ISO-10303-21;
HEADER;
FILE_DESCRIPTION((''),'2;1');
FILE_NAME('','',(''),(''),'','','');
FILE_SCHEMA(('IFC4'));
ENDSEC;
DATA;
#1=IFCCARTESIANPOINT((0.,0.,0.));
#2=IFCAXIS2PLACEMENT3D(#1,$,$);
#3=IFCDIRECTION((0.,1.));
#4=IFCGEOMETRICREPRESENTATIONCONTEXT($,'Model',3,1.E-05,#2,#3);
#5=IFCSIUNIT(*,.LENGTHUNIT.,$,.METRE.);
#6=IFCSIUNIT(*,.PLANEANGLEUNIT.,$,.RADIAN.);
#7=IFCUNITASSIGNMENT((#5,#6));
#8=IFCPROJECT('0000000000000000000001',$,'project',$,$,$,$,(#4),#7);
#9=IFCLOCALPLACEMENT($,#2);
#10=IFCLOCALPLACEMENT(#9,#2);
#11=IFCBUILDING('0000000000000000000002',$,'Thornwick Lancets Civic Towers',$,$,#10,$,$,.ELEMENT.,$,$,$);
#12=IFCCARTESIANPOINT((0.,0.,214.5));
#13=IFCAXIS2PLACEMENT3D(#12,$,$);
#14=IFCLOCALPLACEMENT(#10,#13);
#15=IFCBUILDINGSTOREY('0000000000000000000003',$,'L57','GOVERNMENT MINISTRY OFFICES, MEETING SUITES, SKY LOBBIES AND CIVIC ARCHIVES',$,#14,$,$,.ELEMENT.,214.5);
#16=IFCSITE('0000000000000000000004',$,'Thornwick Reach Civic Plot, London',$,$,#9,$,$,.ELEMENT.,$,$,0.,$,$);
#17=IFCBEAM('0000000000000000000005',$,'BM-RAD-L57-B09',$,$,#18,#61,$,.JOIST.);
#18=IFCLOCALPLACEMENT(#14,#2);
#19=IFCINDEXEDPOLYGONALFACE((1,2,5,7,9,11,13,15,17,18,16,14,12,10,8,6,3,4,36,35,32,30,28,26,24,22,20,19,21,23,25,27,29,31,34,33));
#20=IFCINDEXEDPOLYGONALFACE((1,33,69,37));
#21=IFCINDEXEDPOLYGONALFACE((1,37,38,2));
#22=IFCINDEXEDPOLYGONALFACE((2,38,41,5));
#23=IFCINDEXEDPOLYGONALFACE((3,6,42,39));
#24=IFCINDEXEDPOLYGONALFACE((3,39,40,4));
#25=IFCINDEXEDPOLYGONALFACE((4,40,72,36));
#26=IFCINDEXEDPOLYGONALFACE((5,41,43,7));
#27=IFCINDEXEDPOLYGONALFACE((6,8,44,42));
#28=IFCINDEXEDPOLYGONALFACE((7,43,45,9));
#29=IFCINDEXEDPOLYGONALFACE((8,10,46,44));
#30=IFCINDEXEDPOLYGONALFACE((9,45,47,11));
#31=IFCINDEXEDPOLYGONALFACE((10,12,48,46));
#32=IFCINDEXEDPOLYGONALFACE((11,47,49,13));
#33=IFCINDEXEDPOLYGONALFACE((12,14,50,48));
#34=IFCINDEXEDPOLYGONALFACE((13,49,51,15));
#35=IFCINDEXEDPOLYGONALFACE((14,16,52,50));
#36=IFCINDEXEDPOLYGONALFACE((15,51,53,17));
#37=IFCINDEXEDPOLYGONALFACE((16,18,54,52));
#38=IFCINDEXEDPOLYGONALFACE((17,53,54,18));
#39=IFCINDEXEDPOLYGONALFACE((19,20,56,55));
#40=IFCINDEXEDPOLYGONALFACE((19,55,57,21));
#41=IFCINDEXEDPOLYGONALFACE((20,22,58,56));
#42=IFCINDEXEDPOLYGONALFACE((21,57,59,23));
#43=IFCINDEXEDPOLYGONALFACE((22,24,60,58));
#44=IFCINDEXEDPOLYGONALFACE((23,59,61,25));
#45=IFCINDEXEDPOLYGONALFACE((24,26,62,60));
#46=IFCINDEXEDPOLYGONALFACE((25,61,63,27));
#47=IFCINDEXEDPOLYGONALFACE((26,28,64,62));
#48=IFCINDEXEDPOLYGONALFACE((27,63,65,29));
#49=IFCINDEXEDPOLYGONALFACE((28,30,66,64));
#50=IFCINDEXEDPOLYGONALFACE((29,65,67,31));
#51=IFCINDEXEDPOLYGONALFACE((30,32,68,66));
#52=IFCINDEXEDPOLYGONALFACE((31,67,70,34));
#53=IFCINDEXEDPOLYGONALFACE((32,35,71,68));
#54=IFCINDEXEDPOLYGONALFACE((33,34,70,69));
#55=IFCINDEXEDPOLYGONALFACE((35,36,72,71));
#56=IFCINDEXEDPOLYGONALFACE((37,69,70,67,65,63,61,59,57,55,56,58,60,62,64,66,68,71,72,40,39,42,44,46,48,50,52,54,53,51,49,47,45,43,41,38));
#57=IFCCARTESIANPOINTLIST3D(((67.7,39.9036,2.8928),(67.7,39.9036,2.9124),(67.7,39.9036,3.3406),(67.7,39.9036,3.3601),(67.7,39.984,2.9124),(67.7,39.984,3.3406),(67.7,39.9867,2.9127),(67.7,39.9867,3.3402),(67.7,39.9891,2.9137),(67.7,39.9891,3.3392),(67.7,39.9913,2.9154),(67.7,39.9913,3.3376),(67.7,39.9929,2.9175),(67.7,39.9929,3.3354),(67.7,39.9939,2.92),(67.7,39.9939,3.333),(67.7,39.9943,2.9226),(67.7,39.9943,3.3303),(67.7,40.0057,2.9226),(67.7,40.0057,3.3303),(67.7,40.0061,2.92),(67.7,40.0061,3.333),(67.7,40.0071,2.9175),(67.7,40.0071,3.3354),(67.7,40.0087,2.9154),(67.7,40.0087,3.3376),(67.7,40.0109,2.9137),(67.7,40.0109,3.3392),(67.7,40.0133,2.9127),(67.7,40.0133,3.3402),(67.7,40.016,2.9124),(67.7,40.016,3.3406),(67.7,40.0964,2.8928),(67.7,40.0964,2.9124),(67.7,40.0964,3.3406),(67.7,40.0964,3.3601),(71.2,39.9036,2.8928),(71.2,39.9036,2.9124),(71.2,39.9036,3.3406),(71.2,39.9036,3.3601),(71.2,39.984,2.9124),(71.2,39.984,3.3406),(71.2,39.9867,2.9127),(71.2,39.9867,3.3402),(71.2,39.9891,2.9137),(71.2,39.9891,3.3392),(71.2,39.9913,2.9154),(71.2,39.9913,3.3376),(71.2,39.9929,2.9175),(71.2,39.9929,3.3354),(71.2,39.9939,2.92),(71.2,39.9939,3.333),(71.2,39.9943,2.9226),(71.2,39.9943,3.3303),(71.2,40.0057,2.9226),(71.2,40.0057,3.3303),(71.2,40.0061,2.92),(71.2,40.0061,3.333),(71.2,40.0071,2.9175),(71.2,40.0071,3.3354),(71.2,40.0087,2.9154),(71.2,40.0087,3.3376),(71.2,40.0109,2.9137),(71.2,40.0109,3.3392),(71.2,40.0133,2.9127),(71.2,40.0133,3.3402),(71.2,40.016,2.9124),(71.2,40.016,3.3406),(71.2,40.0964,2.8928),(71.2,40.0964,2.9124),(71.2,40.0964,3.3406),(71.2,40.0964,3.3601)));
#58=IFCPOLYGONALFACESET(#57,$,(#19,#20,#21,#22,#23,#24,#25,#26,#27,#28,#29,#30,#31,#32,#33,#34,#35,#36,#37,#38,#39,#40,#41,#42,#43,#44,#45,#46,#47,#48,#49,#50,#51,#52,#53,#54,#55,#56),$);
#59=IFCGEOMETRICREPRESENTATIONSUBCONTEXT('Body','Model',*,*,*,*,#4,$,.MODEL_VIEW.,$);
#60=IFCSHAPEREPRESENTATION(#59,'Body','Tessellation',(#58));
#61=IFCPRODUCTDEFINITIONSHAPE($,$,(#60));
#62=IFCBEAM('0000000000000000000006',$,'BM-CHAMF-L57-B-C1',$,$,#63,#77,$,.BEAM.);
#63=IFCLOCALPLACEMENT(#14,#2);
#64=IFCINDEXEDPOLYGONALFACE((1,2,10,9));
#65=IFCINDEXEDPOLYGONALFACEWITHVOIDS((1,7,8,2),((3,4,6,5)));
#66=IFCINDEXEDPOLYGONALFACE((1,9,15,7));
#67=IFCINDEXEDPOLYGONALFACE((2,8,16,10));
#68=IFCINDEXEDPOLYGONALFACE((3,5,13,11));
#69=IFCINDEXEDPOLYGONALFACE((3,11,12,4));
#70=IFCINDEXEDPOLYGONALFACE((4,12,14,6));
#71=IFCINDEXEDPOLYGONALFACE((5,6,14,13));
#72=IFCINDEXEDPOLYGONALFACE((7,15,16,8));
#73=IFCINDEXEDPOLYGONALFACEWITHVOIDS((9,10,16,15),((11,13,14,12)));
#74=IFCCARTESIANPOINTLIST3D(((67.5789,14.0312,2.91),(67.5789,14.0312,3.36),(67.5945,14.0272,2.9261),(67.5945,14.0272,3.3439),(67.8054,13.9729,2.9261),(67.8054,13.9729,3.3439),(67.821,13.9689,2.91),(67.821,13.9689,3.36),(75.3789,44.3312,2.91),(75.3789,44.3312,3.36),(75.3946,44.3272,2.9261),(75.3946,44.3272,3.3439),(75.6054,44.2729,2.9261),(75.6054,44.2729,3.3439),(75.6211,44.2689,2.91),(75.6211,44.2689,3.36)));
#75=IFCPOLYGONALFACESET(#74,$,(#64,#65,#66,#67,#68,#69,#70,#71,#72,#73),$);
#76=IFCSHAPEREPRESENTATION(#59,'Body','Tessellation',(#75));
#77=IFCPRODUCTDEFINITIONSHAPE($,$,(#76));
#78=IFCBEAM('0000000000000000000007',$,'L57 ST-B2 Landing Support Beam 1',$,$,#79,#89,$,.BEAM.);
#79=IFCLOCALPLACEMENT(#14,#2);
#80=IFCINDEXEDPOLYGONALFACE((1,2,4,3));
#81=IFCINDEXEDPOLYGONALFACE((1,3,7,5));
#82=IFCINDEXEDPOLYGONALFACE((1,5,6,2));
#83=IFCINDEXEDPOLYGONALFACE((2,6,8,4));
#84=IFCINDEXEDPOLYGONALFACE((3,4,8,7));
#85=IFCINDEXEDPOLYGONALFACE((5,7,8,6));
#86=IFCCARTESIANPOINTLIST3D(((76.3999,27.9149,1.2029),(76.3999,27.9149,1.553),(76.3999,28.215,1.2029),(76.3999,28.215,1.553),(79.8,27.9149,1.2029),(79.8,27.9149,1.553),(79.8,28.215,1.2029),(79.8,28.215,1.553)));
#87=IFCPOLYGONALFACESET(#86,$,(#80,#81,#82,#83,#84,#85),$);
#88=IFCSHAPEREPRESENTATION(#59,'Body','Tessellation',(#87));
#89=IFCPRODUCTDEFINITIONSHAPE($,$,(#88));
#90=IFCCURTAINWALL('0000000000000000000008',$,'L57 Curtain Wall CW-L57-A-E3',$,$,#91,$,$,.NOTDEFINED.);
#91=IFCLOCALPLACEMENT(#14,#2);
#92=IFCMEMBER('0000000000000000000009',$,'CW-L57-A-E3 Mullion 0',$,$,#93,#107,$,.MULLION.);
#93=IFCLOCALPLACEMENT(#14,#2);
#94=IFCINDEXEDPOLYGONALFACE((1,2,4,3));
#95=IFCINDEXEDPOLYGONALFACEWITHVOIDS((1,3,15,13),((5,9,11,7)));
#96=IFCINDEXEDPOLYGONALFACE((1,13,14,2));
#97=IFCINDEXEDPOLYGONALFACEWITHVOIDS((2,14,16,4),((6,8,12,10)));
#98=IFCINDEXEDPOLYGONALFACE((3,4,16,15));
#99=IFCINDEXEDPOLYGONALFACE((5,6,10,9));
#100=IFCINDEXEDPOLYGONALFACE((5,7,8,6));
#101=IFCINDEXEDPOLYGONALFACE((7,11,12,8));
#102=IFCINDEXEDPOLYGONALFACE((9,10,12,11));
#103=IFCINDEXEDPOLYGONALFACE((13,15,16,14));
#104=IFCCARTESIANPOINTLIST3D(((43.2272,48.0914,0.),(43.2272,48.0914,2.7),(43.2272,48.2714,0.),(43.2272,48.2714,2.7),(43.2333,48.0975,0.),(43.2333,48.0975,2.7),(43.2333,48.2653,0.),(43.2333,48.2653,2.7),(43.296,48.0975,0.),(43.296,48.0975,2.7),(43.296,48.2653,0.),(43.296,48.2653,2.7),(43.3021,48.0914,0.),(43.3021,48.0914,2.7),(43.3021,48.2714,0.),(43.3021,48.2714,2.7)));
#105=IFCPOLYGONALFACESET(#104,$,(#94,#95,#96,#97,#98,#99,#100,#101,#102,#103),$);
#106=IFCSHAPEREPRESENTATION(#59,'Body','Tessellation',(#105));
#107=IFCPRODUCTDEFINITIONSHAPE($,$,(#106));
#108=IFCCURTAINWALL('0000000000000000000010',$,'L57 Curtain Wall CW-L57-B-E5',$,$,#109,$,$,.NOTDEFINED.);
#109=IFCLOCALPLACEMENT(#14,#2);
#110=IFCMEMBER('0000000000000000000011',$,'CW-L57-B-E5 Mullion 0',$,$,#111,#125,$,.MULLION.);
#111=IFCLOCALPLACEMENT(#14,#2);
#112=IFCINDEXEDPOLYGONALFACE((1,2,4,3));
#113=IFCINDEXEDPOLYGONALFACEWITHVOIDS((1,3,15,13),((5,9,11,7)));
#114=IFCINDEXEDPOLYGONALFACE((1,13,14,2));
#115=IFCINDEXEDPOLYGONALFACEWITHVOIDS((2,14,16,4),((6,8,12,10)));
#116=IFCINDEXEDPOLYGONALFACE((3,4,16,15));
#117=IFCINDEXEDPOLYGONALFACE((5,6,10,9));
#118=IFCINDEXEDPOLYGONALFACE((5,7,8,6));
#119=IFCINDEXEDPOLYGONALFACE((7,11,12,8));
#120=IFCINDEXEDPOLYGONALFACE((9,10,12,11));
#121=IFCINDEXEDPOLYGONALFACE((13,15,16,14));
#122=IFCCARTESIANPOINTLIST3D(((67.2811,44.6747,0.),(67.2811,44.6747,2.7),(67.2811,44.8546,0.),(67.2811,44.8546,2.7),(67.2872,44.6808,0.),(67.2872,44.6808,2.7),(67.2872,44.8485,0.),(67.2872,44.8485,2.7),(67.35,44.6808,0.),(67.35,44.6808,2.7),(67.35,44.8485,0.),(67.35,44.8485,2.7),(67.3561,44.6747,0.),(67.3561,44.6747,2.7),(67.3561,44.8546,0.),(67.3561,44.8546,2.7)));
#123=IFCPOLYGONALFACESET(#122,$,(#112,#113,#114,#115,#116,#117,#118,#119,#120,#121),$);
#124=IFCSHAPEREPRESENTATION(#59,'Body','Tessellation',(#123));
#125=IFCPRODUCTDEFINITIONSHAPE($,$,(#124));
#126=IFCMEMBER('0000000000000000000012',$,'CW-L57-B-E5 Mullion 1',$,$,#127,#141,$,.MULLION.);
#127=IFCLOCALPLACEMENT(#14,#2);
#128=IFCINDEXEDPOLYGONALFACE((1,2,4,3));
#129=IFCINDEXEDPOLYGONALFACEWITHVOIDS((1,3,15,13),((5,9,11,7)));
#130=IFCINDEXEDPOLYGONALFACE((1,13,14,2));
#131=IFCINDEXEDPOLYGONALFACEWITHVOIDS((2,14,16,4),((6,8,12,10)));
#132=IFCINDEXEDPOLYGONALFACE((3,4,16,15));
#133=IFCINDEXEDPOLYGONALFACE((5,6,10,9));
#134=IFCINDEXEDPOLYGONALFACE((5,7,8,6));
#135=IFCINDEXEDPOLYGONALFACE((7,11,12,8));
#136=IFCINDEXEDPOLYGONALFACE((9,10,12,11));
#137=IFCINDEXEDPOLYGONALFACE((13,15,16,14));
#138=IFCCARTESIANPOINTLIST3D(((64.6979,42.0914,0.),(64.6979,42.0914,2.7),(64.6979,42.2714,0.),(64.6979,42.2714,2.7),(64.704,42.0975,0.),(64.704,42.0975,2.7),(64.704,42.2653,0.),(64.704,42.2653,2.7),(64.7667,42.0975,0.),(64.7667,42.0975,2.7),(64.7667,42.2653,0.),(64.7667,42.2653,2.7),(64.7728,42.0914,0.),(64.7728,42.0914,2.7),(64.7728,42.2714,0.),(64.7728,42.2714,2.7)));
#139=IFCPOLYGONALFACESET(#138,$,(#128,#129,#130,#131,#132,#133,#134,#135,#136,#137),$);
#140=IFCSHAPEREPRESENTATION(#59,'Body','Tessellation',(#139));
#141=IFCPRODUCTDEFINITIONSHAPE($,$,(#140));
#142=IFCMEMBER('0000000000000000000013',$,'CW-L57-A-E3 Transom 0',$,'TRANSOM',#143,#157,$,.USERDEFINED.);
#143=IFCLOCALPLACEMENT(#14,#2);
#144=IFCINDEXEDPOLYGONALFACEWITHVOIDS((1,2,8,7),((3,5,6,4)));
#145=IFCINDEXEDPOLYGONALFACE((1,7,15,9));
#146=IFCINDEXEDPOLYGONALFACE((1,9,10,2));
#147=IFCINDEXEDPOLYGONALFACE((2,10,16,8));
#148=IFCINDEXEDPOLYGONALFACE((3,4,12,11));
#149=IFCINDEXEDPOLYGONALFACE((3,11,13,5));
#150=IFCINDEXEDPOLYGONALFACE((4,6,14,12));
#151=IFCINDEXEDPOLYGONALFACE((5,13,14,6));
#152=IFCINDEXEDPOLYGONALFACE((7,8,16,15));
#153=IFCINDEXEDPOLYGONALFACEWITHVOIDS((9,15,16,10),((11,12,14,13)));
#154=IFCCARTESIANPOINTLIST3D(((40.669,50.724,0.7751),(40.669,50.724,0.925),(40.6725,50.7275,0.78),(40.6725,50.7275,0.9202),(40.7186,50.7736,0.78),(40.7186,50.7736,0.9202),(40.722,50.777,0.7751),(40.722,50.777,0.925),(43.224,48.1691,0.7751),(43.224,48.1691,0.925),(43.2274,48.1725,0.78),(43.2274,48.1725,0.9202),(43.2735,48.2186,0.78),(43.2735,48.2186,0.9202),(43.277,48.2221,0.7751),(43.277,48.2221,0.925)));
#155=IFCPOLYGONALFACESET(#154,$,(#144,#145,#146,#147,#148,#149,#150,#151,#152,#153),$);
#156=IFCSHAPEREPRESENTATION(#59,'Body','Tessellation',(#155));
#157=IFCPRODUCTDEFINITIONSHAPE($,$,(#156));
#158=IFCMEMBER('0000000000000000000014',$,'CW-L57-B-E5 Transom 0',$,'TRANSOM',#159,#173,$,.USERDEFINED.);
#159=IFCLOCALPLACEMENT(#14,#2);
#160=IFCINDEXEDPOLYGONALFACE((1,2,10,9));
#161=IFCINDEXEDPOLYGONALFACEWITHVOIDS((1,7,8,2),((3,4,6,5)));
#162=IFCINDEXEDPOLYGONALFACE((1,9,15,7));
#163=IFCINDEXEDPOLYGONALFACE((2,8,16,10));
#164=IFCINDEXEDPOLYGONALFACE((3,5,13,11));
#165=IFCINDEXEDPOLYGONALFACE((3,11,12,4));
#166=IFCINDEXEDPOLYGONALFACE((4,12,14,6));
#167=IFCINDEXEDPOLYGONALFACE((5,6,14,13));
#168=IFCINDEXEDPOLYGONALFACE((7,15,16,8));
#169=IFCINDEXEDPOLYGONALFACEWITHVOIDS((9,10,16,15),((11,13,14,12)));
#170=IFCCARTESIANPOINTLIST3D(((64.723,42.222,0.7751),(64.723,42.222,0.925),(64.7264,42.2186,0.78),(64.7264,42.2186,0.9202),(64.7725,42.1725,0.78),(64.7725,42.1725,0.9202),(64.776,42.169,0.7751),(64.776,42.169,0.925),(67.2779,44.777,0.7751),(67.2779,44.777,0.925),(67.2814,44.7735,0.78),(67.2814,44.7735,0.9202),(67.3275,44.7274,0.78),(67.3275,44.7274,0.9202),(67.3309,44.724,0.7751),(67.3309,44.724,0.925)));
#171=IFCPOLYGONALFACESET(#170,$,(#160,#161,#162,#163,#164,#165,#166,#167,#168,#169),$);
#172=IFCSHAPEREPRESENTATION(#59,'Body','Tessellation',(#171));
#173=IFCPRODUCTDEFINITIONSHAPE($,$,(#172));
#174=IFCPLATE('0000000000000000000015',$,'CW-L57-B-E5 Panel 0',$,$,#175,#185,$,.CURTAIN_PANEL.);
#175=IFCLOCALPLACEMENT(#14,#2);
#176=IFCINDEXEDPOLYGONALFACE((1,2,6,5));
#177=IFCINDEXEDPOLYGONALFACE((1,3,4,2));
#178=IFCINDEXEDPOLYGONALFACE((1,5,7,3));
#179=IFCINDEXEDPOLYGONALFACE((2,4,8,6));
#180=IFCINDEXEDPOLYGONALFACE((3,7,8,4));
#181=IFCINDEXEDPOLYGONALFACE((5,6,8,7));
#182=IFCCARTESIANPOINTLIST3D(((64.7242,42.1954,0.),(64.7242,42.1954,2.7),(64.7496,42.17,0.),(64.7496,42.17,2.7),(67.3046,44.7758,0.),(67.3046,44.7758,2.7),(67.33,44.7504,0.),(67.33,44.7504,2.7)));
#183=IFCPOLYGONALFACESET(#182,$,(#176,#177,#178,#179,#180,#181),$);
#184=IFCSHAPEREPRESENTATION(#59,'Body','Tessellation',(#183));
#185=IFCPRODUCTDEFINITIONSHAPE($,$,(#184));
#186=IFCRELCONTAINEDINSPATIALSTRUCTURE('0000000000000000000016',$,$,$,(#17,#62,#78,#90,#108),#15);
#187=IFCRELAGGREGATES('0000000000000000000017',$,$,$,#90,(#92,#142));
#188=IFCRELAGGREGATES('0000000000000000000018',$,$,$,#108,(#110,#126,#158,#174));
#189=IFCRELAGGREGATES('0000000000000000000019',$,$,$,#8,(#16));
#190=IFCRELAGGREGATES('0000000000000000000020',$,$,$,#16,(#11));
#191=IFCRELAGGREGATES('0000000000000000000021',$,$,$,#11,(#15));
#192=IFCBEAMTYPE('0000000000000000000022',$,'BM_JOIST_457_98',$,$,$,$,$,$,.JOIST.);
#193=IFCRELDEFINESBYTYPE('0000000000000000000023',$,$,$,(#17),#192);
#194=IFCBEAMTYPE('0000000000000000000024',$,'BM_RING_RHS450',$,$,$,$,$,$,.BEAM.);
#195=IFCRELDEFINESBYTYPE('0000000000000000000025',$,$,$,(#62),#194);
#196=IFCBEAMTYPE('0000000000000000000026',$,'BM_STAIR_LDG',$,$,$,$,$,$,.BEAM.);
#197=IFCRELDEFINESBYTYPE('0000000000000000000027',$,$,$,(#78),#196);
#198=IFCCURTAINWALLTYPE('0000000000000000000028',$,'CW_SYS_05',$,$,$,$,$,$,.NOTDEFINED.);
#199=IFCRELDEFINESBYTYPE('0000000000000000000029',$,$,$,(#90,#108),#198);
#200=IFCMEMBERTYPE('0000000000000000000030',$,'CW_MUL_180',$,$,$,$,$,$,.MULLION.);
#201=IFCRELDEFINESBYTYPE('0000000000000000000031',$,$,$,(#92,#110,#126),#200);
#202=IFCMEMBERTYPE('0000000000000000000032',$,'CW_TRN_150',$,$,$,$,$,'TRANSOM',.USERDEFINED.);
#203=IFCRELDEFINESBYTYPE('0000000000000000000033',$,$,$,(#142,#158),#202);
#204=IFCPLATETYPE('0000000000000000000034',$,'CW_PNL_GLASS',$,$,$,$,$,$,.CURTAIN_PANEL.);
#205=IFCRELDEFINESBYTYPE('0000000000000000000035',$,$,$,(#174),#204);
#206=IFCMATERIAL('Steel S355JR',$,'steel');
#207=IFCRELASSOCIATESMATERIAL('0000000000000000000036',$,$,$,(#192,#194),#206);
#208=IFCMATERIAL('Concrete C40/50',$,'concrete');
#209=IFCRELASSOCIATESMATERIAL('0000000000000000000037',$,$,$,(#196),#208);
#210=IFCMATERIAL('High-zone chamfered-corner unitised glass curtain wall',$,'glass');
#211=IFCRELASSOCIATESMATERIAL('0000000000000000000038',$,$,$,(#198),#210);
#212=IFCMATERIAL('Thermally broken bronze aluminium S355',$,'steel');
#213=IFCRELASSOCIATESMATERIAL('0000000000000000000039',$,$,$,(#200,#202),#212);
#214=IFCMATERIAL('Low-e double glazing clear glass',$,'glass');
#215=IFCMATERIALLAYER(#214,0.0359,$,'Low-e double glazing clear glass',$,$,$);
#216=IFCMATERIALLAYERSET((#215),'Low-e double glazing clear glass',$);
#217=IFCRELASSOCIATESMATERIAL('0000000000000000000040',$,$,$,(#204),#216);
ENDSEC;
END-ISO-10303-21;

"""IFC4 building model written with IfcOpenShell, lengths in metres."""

from ifc_helpers import new_model, si_unit, direction, frame, origin, origin_2d, place, context, subcontext, project, spatial, rectangle, hollow_rectangle, i_section, extrude, material, layer, layer_set, material_profile, profile_set, type_object, element, aggregate, save


model = new_model("IFC4")

# Units and contexts
model_context = context("Model", 3, precision=1e-05, world=origin(), true_north=direction((0.0, 1.0)))
body_context = subcontext(model_context, "Body", "Model", "MODEL_VIEW")
ifc_project = project(units=[si_unit("LENGTHUNIT", "METRE"), si_unit("PLANEANGLEUNIT", "RADIAN")], contexts=[model_context])

# Site, building, storey
site_placement = place(None, origin())
site = spatial("IfcSite", under=ifc_project, at=site_placement, Name="Thornwick Reach Civic Plot, London", CompositionType="ELEMENT", RefElevation=0.0)
building_placement = place(site_placement, origin())
building = spatial("IfcBuilding", under=site, at=building_placement, Name="Thornwick Lancets Civic Towers", CompositionType="ELEMENT")
storey_placement = place(building_placement, frame((0.0, 0.0, 214.5)))
storey = spatial("IfcBuildingStorey", under=building, at=storey_placement, Name="L57", Description="GOVERNMENT MINISTRY OFFICES, MEETING SUITES, SKY LOBBIES AND CIVIC ARCHIVES", CompositionType="ELEMENT", Elevation=214.5)

# Shared definitions
ifc_material_1 = material(Name="Steel S355JR", Category="steel")

# Beams
ifc_material_profile_1 = material_profile(ifc_material_1, i_section(OverallWidth=0.1929, OverallDepth=0.4673, WebThickness=0.0115, FlangeThickness=0.0195, FilletRadius=0.0103, at=origin_2d()), Name="UKB 457x191x98")
ifc_profile_set_1 = profile_set([ifc_material_profile_1], Name="Steel S355JR")
beam_type_1 = type_object("IfcBeamType", Name="BM_JOIST_457_98", PredefinedType="JOIST", material=ifc_profile_set_1)
for number, where, z_axis, x_axis, name in (
    (1, (71.2, 40.0, 3.1265), (-1.0, 0.0, 0.0), (0.0, -1.0, 0.0), "BM-RAD-L57-B09"),
):
    element("IfcBeam", number, at=place(storey_placement, frame(where, z_axis=z_axis, x_axis=x_axis)), inside=storey, type_object=beam_type_1, Name=name, PredefinedType="JOIST", context=body_context, shape_type="SweptSolid", body=[
        extrude(i_section(OverallWidth=0.1929, OverallDepth=0.4673, WebThickness=0.0115, FlangeThickness=0.0195, FilletRadius=0.0103, at=origin_2d()), origin(), (0.0, 0.0, 1.0), 3.5),
    ])
ifc_material_profile_2 = material_profile(ifc_material_1, hollow_rectangle(XDim=0.25, YDim=0.45, WallThickness=0.0161, at=origin_2d()), Name="RHS 450x250x16")
ifc_profile_set_2 = profile_set([ifc_material_profile_2], Name="Steel S355JR")
beam_type_2 = type_object("IfcBeamType", Name="BM_RING_RHS450", PredefinedType="BEAM", material=ifc_profile_set_2)
beam_1_placement = place(storey_placement, frame((75.5, 44.3, 3.135), z_axis=(-0.249299, -0.968427, 0.0), x_axis=(0.968427, -0.249299, 0.0)))
element("IfcBeam", 2, at=beam_1_placement, inside=storey, type_object=beam_type_2, Name="BM-CHAMF-L57-B-C1", PredefinedType="BEAM", context=body_context, shape_type="SweptSolid", body=[
    extrude(hollow_rectangle(XDim=0.25, YDim=0.45, WallThickness=0.0161, at=origin_2d()), origin(), (0.0, 0.0, 1.0), 31.2878),
])
ifc_material_2 = material(Name="Concrete C40/50", Category="concrete")
ifc_material_profile_3 = material_profile(ifc_material_2, rectangle(XDim=0.3, YDim=0.3501, at=origin_2d()), Name="RC 300x350")
ifc_profile_set_3 = profile_set([ifc_material_profile_3], Name="Concrete C40/50")
beam_type_3 = type_object("IfcBeamType", Name="BM_STAIR_LDG", PredefinedType="BEAM", material=ifc_profile_set_3)
beam_2_placement = place(storey_placement, frame((76.3999, 28.0649, 1.3779), z_axis=(1.0, 0.0, 0.0), x_axis=(0.0, 1.0, 0.0)))
element("IfcBeam", 3, at=beam_2_placement, inside=storey, type_object=beam_type_3, Name="L57 ST-B2 Landing Support Beam 1", PredefinedType="BEAM", context=body_context, shape_type="SweptSolid", body=[
    extrude(rectangle(XDim=0.3, YDim=0.3501, at=origin_2d()), origin(), (0.0, 0.0, 1.0), 3.4001),
])

# Curtain wall, member
ifc_material_3 = material(Name="High-zone chamfered-corner unitised glass curtain wall", Category="glass")
curtain_wall_type = type_object("IfcCurtainWallType", Name="CW_SYS_05", PredefinedType="NOTDEFINED", material=ifc_material_3)
curtain_wall_1_placement = place(storey_placement, origin())
curtain_wall_1 = element("IfcCurtainWall", 4, at=curtain_wall_1_placement, inside=storey, type_object=curtain_wall_type, Name="L57 Curtain Wall CW-L57-A-E3", PredefinedType="NOTDEFINED")
ifc_material_4 = material(Name="Thermally broken bronze aluminium S355", Category="steel")
ifc_material_profile_4 = material_profile(ifc_material_4, hollow_rectangle(XDim=0.075, YDim=0.1799, WallThickness=0.0061, at=origin_2d()), Name="RHS 180x75x6")
ifc_profile_set_4 = profile_set([ifc_material_profile_4], Name="Thermally broken bronze aluminium S355")
member_type_1 = type_object("IfcMemberType", Name="CW_MUL_180", PredefinedType="MULLION", material=ifc_profile_set_4)
member_1_placement = place(storey_placement, frame((43.2646, 48.1814, 0.0), z_axis=(0.0, 0.0, 1.0), x_axis=(1.0, 0.0, 0.0)))
member_1 = element("IfcMember", 5, at=member_1_placement, type_object=member_type_1, Name="CW-L57-A-E3 Mullion 0", PredefinedType="MULLION", context=body_context, shape_type="SweptSolid", body=[
    extrude(hollow_rectangle(XDim=0.075, YDim=0.1799, WallThickness=0.0061, at=origin_2d()), origin(), (0.0, 0.0, 1.0), 2.7),
])

# Curtain wall, members
curtain_wall_2_placement = place(storey_placement, origin())
curtain_wall_2 = element("IfcCurtainWall", 6, at=curtain_wall_2_placement, inside=storey, type_object=curtain_wall_type, Name="L57 Curtain Wall CW-L57-B-E5", PredefinedType="NOTDEFINED")
member_2_placement = place(storey_placement, frame((67.3186, 44.7646, 0.0), z_axis=(0.0, 0.0, 1.0), x_axis=(1.0, 0.0, 0.0)))
member_2 = element("IfcMember", 7, at=member_2_placement, type_object=member_type_1, Name="CW-L57-B-E5 Mullion 0", PredefinedType="MULLION", context=body_context, shape_type="SweptSolid", body=[
    extrude(hollow_rectangle(XDim=0.075, YDim=0.1799, WallThickness=0.0061, at=origin_2d()), origin(), (0.0, 0.0, 1.0), 2.7),
])
member_3_placement = place(storey_placement, frame((64.7354, 42.1814, 0.0), z_axis=(0.0, 0.0, 1.0), x_axis=(1.0, 0.0, 0.0)))
member_3 = element("IfcMember", 8, at=member_3_placement, type_object=member_type_1, Name="CW-L57-B-E5 Mullion 1", PredefinedType="MULLION", context=body_context, shape_type="SweptSolid", body=[
    extrude(hollow_rectangle(XDim=0.075, YDim=0.1799, WallThickness=0.0061, at=origin_2d()), origin(), (0.0, 0.0, 1.0), 2.7),
])

# Members
ifc_material_profile_5 = material_profile(ifc_material_4, hollow_rectangle(XDim=0.075, YDim=0.1499, WallThickness=0.0049, at=origin_2d()), Name="RHS 150x75x5")
ifc_profile_set_5 = profile_set([ifc_material_profile_5], Name="Thermally broken bronze aluminium S355")
member_type_2 = type_object("IfcMemberType", Name="CW_TRN_150", ElementType="TRANSOM", PredefinedType="USERDEFINED", material=ifc_profile_set_5)
member_4_placement = place(storey_placement, frame((43.2505, 48.1956, 0.8501), z_axis=(-0.707107, 0.707107, 0.0), x_axis=(-0.707107, -0.707107, 0.0)))
member_4 = element("IfcMember", 9, at=member_4_placement, type_object=member_type_2, Name="CW-L57-A-E3 Transom 0", ObjectType="TRANSOM", PredefinedType="USERDEFINED", context=body_context, shape_type="SweptSolid", body=[
    extrude(hollow_rectangle(XDim=0.075, YDim=0.1499, WallThickness=0.0049, at=origin_2d()), origin(), (0.0, 0.0, 1.0), 3.6133),
])
aggregate(curtain_wall_1, [member_1, member_4])
member_5_placement = place(storey_placement, frame((67.3044, 44.7505, 0.8501), z_axis=(-0.707107, -0.707107, 0.0), x_axis=(0.707107, -0.707107, 0.0)))
member_5 = element("IfcMember", 10, at=member_5_placement, type_object=member_type_2, Name="CW-L57-B-E5 Transom 0", ObjectType="TRANSOM", PredefinedType="USERDEFINED", context=body_context, shape_type="SweptSolid", body=[
    extrude(hollow_rectangle(XDim=0.075, YDim=0.1499, WallThickness=0.0049, at=origin_2d()), origin(), (0.0, 0.0, 1.0), 3.6133),
])

# Plate
ifc_material_5 = material(Name="Low-e double glazing clear glass", Category="glass")
ifc_layer_1 = layer(ifc_material_5, 0.0359, Name="Low-e double glazing clear glass")
ifc_layer_set_1 = layer_set([ifc_layer_1], Name="Low-e double glazing clear glass")
plate_type = type_object("IfcPlateType", Name="CW_PNL_GLASS", PredefinedType="CURTAIN_PANEL", material=ifc_layer_set_1)
plate_placement = place(storey_placement, frame((66.0271, 43.4729, 0.0), z_axis=(0.0, 0.0, 1.0), x_axis=(-0.707107, -0.707107, 0.0)))
plate = element("IfcPlate", 11, at=plate_placement, type_object=plate_type, Name="CW-L57-B-E5 Panel 0", PredefinedType="CURTAIN_PANEL", context=body_context, shape_type="SweptSolid", body=[
    extrude(rectangle(XDim=3.6492, YDim=0.0359, at=origin_2d()), origin(), (0.0, 0.0, 1.0), 2.7),
])
aggregate(curtain_wall_2, [member_2, member_3, member_5, plate])

save(model, "model.ifc")
